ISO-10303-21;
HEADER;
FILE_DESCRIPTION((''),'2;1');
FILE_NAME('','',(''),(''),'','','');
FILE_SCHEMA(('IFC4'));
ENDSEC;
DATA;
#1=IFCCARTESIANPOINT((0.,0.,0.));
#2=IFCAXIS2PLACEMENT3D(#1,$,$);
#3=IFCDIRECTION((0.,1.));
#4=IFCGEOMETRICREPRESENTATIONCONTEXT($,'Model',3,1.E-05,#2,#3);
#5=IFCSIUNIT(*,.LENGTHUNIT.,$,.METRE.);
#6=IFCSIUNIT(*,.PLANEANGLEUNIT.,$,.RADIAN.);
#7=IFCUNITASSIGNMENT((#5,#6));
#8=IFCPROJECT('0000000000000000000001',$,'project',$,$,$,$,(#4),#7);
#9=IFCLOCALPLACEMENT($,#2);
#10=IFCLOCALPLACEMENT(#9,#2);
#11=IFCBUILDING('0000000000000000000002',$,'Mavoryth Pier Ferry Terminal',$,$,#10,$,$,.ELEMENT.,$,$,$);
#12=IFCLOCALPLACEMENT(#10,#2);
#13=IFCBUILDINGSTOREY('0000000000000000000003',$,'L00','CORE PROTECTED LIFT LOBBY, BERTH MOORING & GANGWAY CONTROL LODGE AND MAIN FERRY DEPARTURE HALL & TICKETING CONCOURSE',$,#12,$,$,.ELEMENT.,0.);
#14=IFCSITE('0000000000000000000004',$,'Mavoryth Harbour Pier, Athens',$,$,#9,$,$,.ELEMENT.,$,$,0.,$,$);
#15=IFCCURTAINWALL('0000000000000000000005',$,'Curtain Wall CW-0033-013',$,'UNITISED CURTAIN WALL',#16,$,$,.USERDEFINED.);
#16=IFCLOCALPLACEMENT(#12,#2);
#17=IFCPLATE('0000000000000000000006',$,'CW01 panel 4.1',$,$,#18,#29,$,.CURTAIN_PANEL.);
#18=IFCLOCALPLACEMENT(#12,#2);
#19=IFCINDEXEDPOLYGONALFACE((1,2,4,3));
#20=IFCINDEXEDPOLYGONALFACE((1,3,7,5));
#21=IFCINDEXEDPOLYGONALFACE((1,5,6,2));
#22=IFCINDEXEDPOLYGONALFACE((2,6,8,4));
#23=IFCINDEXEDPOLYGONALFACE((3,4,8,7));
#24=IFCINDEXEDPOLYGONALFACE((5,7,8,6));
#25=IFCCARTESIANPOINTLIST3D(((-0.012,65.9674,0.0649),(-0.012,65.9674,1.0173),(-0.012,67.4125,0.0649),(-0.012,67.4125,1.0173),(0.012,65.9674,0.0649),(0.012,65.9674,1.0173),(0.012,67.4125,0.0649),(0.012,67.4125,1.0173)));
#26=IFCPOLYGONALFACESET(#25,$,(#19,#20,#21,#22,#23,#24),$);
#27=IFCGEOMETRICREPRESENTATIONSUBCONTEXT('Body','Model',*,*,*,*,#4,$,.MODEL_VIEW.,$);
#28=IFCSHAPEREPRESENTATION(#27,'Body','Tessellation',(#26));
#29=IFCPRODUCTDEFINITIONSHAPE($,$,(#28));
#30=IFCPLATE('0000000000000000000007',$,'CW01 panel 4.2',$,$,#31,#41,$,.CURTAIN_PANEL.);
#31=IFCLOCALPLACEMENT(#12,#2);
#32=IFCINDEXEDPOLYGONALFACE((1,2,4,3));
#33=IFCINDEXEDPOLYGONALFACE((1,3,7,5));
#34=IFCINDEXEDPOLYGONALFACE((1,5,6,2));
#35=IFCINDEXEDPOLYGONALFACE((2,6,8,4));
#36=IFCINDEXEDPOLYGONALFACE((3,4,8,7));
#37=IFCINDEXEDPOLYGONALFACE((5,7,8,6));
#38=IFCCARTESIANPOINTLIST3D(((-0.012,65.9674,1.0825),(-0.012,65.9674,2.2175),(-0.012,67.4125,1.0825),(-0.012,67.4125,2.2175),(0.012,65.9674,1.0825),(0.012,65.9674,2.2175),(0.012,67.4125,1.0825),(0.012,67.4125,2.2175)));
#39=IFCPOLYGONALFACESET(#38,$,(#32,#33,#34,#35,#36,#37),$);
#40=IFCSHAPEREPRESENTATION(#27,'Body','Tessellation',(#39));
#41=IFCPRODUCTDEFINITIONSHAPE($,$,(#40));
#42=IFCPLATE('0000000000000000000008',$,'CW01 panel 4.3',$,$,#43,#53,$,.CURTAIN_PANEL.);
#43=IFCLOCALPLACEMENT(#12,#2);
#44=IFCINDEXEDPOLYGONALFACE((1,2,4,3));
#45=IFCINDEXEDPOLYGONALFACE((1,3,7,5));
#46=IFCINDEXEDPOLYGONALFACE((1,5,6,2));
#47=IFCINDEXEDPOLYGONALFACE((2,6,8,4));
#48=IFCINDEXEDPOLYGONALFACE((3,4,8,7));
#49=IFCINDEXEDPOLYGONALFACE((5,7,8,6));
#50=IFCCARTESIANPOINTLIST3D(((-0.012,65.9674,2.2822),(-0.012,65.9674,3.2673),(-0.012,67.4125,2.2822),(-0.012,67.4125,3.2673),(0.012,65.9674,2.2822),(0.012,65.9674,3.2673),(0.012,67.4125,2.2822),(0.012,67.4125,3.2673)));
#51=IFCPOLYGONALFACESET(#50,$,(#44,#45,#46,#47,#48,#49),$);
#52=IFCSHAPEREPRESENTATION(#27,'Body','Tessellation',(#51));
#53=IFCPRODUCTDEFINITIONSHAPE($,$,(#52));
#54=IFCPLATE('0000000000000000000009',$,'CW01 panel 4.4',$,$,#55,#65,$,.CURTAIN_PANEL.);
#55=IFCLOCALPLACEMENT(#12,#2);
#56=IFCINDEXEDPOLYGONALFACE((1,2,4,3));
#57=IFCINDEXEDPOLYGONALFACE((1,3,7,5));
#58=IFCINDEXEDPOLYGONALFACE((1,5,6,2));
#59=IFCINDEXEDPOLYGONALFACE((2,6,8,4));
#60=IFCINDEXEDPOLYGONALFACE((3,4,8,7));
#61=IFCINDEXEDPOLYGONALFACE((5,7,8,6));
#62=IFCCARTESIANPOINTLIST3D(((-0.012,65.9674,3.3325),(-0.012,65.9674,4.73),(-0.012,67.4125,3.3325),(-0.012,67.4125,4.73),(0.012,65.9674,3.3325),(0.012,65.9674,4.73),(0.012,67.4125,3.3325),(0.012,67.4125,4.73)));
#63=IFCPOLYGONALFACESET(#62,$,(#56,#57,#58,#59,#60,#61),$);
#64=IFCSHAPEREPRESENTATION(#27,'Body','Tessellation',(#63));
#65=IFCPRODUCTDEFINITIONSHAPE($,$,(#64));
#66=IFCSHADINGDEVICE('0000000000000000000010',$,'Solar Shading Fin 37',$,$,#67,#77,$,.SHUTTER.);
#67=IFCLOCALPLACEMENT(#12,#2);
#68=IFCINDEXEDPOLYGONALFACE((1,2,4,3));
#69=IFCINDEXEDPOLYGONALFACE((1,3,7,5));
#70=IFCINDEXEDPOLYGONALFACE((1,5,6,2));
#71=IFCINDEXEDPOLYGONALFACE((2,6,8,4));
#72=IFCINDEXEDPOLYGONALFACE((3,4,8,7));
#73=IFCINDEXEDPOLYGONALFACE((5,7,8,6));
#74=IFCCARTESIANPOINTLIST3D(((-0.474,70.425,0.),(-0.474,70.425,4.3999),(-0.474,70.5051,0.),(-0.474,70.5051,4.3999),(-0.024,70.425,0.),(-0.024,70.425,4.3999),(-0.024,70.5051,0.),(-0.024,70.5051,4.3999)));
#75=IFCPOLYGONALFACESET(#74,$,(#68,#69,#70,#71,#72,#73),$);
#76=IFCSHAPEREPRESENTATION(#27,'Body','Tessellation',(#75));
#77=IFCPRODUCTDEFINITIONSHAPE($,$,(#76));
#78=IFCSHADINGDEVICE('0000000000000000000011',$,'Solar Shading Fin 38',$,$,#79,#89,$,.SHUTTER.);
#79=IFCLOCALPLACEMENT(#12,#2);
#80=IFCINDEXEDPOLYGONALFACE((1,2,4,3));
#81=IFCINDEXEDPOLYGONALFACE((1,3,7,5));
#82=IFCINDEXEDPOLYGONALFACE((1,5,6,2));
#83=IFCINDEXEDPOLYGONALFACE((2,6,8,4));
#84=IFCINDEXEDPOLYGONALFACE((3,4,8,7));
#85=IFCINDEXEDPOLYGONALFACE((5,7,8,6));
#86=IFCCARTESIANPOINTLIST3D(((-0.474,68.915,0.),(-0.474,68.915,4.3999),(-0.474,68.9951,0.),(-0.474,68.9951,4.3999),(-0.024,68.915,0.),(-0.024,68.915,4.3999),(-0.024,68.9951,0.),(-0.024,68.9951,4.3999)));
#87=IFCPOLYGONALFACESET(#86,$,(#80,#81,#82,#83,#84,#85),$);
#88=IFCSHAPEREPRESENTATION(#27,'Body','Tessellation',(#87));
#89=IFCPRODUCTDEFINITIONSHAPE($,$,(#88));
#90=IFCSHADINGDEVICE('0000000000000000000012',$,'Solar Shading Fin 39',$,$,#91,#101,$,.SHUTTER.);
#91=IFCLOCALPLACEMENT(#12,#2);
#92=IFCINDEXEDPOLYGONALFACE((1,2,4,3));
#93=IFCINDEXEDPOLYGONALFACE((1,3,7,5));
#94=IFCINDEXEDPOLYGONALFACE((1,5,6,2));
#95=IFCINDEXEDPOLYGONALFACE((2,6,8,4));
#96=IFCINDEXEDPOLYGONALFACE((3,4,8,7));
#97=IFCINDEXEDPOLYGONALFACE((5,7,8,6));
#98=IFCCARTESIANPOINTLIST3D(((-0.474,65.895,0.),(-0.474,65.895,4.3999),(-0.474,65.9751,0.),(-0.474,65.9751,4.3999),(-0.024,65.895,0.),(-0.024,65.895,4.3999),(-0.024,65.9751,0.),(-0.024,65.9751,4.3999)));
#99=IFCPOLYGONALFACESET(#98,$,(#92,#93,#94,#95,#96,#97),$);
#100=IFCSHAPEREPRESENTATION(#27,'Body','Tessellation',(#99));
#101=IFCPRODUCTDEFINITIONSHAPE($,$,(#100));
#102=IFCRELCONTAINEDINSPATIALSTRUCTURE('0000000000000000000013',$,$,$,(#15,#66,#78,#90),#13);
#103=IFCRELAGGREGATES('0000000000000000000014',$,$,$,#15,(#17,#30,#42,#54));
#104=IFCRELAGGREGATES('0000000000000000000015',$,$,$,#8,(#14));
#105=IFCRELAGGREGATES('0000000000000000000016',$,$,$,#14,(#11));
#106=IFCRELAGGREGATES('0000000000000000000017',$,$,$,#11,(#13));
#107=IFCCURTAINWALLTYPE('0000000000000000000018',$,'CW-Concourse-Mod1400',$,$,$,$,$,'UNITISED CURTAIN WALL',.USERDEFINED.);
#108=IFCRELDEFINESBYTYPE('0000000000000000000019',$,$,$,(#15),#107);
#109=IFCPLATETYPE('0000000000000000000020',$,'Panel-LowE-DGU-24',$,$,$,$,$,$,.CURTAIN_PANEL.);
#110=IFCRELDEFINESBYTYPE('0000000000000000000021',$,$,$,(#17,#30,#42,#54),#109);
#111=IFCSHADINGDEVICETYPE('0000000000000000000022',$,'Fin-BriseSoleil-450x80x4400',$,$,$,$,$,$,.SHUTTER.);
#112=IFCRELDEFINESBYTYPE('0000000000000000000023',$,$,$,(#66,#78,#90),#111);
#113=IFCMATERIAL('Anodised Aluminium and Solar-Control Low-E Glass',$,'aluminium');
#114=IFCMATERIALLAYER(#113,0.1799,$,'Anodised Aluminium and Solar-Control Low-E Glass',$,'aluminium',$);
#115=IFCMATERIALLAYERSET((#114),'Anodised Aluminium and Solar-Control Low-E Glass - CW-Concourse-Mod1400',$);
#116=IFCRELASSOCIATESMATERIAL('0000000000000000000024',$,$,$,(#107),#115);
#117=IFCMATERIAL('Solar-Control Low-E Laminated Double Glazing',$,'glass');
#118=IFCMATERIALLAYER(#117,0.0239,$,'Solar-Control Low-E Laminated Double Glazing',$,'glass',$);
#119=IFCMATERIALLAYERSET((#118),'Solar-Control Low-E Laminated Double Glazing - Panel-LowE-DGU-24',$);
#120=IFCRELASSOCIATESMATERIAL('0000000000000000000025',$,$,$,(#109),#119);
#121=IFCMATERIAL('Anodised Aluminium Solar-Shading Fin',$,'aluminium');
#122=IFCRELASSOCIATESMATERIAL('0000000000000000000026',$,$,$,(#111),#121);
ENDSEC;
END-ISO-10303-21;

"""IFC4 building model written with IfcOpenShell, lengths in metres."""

from ifc_helpers import new_model, si_unit, direction, frame, origin, origin_2d, place, context, subcontext, project, spatial, rectangle, extrude, material, layer, layer_set, type_object, element, aggregate, save


model = new_model("IFC4")

# Units and contexts
model_context = context("Model", 3, precision=1e-05, world=origin(), true_north=direction((0.0, 1.0)))
body_context = subcontext(model_context, "Body", "Model", "MODEL_VIEW")
ifc_project = project(units=[si_unit("LENGTHUNIT", "METRE"), si_unit("PLANEANGLEUNIT", "RADIAN")], contexts=[model_context])

# Site, building, storey
site_placement = place(None, origin())
site = spatial("IfcSite", under=ifc_project, at=site_placement, Name="Mavoryth Harbour Pier, Athens", CompositionType="ELEMENT", RefElevation=0.0)
building_placement = place(site_placement, origin())
building = spatial("IfcBuilding", under=site, at=building_placement, Name="Mavoryth Pier Ferry Terminal", CompositionType="ELEMENT")
storey_placement = place(building_placement, origin())
storey = spatial("IfcBuildingStorey", under=building, at=storey_placement, Name="L00", Description="CORE PROTECTED LIFT LOBBY, BERTH MOORING & GANGWAY CONTROL LODGE AND MAIN FERRY DEPARTURE HALL & TICKETING CONCOURSE", CompositionType="ELEMENT", Elevation=0.0)

# Curtain wall, plates
ifc_material_1 = material(Name="Anodised Aluminium and Solar-Control Low-E Glass", Category="aluminium")
ifc_layer_1 = layer(ifc_material_1, 0.1799, Name="Anodised Aluminium and Solar-Control Low-E Glass", Category="aluminium")
ifc_layer_set_1 = layer_set([ifc_layer_1], Name="Anodised Aluminium and Solar-Control Low-E Glass - CW-Concourse-Mod1400")
curtain_wall_type = type_object("IfcCurtainWallType", Name="CW-Concourse-Mod1400", ElementType="UNITISED CURTAIN WALL", PredefinedType="USERDEFINED", material=ifc_layer_set_1)
curtain_wall_placement = place(storey_placement, origin())
curtain_wall = element("IfcCurtainWall", 1, at=curtain_wall_placement, inside=storey, type_object=curtain_wall_type, Name="Curtain Wall CW-0033-013", ObjectType="UNITISED CURTAIN WALL", PredefinedType="USERDEFINED")
ifc_material_2 = material(Name="Solar-Control Low-E Laminated Double Glazing", Category="glass")
ifc_layer_2 = layer(ifc_material_2, 0.0239, Name="Solar-Control Low-E Laminated Double Glazing", Category="glass")
ifc_layer_set_2 = layer_set([ifc_layer_2], Name="Solar-Control Low-E Laminated Double Glazing - Panel-LowE-DGU-24")
plate_type = type_object("IfcPlateType", Name="Panel-LowE-DGU-24", PredefinedType="CURTAIN_PANEL", material=ifc_layer_set_2)
plate_1_placement = place(storey_placement, frame((0.0, 66.6899, 0.0649), z_axis=(0.0, 0.0, 1.0), x_axis=(0.0, -1.0, 0.0)))
plate_1 = element("IfcPlate", 2, at=plate_1_placement, type_object=plate_type, Name="CW01 panel 4.1", PredefinedType="CURTAIN_PANEL", context=body_context, shape_type="SweptSolid", body=[
    extrude(rectangle(XDim=1.4451, YDim=0.0239, at=origin_2d()), origin(), (0.0, 0.0, 1.0), 0.9524),
])
plate_2_placement = place(storey_placement, frame((0.0, 66.6899, 1.0825), z_axis=(0.0, 0.0, 1.0), x_axis=(0.0, -1.0, 0.0)))
plate_2 = element("IfcPlate", 3, at=plate_2_placement, type_object=plate_type, Name="CW01 panel 4.2", PredefinedType="CURTAIN_PANEL", context=body_context, shape_type="SweptSolid", body=[
    extrude(rectangle(XDim=1.4451, YDim=0.0239, at=origin_2d()), origin(), (0.0, 0.0, 1.0), 1.135),
])
plate_3_placement = place(storey_placement, frame((0.0, 66.6899, 2.2822), z_axis=(0.0, 0.0, 1.0), x_axis=(0.0, -1.0, 0.0)))
plate_3 = element("IfcPlate", 4, at=plate_3_placement, type_object=plate_type, Name="CW01 panel 4.3", PredefinedType="CURTAIN_PANEL", context=body_context, shape_type="SweptSolid", body=[
    extrude(rectangle(XDim=1.4451, YDim=0.0239, at=origin_2d()), origin(), (0.0, 0.0, 1.0), 0.9851),
])
plate_4_placement = place(storey_placement, frame((0.0, 66.6899, 3.3325), z_axis=(0.0, 0.0, 1.0), x_axis=(0.0, -1.0, 0.0)))
plate_4 = element("IfcPlate", 5, at=plate_4_placement, type_object=plate_type, Name="CW01 panel 4.4", PredefinedType="CURTAIN_PANEL", context=body_context, shape_type="SweptSolid", body=[
    extrude(rectangle(XDim=1.4451, YDim=0.0239, at=origin_2d()), origin(), (0.0, 0.0, 1.0), 1.3975),
])
aggregate(curtain_wall, [plate_1, plate_2, plate_3, plate_4])

# Shading devices
ifc_material_3 = material(Name="Anodised Aluminium Solar-Shading Fin", Category="aluminium")
shading_device_type = type_object("IfcShadingDeviceType", Name="Fin-BriseSoleil-450x80x4400", PredefinedType="SHUTTER", material=ifc_material_3)
for number, where, z_axis, x_axis, name in (
    (6, (-0.249, 70.4651, 0.0), (0.0, 0.0, 1.0), (0.0, -1.0, 0.0), "Solar Shading Fin 37"),
    (7, (-0.249, 68.9551, 0.0), (0.0, 0.0, 1.0), (0.0, -1.0, 0.0), "Solar Shading Fin 38"),
    (8, (-0.249, 65.9351, 0.0), (0.0, 0.0, 1.0), (0.0, -1.0, 0.0), "Solar Shading Fin 39"),
):
    element("IfcShadingDevice", number, at=place(storey_placement, frame(where, z_axis=z_axis, x_axis=x_axis)), inside=storey, type_object=shading_device_type, Name=name, PredefinedType="SHUTTER", context=body_context, shape_type="SweptSolid", body=[
        extrude(rectangle(XDim=0.0801, YDim=0.45, at=origin_2d()), origin(), (0.0, 0.0, 1.0), 4.3999),
    ])

save(model, "model.ifc")
